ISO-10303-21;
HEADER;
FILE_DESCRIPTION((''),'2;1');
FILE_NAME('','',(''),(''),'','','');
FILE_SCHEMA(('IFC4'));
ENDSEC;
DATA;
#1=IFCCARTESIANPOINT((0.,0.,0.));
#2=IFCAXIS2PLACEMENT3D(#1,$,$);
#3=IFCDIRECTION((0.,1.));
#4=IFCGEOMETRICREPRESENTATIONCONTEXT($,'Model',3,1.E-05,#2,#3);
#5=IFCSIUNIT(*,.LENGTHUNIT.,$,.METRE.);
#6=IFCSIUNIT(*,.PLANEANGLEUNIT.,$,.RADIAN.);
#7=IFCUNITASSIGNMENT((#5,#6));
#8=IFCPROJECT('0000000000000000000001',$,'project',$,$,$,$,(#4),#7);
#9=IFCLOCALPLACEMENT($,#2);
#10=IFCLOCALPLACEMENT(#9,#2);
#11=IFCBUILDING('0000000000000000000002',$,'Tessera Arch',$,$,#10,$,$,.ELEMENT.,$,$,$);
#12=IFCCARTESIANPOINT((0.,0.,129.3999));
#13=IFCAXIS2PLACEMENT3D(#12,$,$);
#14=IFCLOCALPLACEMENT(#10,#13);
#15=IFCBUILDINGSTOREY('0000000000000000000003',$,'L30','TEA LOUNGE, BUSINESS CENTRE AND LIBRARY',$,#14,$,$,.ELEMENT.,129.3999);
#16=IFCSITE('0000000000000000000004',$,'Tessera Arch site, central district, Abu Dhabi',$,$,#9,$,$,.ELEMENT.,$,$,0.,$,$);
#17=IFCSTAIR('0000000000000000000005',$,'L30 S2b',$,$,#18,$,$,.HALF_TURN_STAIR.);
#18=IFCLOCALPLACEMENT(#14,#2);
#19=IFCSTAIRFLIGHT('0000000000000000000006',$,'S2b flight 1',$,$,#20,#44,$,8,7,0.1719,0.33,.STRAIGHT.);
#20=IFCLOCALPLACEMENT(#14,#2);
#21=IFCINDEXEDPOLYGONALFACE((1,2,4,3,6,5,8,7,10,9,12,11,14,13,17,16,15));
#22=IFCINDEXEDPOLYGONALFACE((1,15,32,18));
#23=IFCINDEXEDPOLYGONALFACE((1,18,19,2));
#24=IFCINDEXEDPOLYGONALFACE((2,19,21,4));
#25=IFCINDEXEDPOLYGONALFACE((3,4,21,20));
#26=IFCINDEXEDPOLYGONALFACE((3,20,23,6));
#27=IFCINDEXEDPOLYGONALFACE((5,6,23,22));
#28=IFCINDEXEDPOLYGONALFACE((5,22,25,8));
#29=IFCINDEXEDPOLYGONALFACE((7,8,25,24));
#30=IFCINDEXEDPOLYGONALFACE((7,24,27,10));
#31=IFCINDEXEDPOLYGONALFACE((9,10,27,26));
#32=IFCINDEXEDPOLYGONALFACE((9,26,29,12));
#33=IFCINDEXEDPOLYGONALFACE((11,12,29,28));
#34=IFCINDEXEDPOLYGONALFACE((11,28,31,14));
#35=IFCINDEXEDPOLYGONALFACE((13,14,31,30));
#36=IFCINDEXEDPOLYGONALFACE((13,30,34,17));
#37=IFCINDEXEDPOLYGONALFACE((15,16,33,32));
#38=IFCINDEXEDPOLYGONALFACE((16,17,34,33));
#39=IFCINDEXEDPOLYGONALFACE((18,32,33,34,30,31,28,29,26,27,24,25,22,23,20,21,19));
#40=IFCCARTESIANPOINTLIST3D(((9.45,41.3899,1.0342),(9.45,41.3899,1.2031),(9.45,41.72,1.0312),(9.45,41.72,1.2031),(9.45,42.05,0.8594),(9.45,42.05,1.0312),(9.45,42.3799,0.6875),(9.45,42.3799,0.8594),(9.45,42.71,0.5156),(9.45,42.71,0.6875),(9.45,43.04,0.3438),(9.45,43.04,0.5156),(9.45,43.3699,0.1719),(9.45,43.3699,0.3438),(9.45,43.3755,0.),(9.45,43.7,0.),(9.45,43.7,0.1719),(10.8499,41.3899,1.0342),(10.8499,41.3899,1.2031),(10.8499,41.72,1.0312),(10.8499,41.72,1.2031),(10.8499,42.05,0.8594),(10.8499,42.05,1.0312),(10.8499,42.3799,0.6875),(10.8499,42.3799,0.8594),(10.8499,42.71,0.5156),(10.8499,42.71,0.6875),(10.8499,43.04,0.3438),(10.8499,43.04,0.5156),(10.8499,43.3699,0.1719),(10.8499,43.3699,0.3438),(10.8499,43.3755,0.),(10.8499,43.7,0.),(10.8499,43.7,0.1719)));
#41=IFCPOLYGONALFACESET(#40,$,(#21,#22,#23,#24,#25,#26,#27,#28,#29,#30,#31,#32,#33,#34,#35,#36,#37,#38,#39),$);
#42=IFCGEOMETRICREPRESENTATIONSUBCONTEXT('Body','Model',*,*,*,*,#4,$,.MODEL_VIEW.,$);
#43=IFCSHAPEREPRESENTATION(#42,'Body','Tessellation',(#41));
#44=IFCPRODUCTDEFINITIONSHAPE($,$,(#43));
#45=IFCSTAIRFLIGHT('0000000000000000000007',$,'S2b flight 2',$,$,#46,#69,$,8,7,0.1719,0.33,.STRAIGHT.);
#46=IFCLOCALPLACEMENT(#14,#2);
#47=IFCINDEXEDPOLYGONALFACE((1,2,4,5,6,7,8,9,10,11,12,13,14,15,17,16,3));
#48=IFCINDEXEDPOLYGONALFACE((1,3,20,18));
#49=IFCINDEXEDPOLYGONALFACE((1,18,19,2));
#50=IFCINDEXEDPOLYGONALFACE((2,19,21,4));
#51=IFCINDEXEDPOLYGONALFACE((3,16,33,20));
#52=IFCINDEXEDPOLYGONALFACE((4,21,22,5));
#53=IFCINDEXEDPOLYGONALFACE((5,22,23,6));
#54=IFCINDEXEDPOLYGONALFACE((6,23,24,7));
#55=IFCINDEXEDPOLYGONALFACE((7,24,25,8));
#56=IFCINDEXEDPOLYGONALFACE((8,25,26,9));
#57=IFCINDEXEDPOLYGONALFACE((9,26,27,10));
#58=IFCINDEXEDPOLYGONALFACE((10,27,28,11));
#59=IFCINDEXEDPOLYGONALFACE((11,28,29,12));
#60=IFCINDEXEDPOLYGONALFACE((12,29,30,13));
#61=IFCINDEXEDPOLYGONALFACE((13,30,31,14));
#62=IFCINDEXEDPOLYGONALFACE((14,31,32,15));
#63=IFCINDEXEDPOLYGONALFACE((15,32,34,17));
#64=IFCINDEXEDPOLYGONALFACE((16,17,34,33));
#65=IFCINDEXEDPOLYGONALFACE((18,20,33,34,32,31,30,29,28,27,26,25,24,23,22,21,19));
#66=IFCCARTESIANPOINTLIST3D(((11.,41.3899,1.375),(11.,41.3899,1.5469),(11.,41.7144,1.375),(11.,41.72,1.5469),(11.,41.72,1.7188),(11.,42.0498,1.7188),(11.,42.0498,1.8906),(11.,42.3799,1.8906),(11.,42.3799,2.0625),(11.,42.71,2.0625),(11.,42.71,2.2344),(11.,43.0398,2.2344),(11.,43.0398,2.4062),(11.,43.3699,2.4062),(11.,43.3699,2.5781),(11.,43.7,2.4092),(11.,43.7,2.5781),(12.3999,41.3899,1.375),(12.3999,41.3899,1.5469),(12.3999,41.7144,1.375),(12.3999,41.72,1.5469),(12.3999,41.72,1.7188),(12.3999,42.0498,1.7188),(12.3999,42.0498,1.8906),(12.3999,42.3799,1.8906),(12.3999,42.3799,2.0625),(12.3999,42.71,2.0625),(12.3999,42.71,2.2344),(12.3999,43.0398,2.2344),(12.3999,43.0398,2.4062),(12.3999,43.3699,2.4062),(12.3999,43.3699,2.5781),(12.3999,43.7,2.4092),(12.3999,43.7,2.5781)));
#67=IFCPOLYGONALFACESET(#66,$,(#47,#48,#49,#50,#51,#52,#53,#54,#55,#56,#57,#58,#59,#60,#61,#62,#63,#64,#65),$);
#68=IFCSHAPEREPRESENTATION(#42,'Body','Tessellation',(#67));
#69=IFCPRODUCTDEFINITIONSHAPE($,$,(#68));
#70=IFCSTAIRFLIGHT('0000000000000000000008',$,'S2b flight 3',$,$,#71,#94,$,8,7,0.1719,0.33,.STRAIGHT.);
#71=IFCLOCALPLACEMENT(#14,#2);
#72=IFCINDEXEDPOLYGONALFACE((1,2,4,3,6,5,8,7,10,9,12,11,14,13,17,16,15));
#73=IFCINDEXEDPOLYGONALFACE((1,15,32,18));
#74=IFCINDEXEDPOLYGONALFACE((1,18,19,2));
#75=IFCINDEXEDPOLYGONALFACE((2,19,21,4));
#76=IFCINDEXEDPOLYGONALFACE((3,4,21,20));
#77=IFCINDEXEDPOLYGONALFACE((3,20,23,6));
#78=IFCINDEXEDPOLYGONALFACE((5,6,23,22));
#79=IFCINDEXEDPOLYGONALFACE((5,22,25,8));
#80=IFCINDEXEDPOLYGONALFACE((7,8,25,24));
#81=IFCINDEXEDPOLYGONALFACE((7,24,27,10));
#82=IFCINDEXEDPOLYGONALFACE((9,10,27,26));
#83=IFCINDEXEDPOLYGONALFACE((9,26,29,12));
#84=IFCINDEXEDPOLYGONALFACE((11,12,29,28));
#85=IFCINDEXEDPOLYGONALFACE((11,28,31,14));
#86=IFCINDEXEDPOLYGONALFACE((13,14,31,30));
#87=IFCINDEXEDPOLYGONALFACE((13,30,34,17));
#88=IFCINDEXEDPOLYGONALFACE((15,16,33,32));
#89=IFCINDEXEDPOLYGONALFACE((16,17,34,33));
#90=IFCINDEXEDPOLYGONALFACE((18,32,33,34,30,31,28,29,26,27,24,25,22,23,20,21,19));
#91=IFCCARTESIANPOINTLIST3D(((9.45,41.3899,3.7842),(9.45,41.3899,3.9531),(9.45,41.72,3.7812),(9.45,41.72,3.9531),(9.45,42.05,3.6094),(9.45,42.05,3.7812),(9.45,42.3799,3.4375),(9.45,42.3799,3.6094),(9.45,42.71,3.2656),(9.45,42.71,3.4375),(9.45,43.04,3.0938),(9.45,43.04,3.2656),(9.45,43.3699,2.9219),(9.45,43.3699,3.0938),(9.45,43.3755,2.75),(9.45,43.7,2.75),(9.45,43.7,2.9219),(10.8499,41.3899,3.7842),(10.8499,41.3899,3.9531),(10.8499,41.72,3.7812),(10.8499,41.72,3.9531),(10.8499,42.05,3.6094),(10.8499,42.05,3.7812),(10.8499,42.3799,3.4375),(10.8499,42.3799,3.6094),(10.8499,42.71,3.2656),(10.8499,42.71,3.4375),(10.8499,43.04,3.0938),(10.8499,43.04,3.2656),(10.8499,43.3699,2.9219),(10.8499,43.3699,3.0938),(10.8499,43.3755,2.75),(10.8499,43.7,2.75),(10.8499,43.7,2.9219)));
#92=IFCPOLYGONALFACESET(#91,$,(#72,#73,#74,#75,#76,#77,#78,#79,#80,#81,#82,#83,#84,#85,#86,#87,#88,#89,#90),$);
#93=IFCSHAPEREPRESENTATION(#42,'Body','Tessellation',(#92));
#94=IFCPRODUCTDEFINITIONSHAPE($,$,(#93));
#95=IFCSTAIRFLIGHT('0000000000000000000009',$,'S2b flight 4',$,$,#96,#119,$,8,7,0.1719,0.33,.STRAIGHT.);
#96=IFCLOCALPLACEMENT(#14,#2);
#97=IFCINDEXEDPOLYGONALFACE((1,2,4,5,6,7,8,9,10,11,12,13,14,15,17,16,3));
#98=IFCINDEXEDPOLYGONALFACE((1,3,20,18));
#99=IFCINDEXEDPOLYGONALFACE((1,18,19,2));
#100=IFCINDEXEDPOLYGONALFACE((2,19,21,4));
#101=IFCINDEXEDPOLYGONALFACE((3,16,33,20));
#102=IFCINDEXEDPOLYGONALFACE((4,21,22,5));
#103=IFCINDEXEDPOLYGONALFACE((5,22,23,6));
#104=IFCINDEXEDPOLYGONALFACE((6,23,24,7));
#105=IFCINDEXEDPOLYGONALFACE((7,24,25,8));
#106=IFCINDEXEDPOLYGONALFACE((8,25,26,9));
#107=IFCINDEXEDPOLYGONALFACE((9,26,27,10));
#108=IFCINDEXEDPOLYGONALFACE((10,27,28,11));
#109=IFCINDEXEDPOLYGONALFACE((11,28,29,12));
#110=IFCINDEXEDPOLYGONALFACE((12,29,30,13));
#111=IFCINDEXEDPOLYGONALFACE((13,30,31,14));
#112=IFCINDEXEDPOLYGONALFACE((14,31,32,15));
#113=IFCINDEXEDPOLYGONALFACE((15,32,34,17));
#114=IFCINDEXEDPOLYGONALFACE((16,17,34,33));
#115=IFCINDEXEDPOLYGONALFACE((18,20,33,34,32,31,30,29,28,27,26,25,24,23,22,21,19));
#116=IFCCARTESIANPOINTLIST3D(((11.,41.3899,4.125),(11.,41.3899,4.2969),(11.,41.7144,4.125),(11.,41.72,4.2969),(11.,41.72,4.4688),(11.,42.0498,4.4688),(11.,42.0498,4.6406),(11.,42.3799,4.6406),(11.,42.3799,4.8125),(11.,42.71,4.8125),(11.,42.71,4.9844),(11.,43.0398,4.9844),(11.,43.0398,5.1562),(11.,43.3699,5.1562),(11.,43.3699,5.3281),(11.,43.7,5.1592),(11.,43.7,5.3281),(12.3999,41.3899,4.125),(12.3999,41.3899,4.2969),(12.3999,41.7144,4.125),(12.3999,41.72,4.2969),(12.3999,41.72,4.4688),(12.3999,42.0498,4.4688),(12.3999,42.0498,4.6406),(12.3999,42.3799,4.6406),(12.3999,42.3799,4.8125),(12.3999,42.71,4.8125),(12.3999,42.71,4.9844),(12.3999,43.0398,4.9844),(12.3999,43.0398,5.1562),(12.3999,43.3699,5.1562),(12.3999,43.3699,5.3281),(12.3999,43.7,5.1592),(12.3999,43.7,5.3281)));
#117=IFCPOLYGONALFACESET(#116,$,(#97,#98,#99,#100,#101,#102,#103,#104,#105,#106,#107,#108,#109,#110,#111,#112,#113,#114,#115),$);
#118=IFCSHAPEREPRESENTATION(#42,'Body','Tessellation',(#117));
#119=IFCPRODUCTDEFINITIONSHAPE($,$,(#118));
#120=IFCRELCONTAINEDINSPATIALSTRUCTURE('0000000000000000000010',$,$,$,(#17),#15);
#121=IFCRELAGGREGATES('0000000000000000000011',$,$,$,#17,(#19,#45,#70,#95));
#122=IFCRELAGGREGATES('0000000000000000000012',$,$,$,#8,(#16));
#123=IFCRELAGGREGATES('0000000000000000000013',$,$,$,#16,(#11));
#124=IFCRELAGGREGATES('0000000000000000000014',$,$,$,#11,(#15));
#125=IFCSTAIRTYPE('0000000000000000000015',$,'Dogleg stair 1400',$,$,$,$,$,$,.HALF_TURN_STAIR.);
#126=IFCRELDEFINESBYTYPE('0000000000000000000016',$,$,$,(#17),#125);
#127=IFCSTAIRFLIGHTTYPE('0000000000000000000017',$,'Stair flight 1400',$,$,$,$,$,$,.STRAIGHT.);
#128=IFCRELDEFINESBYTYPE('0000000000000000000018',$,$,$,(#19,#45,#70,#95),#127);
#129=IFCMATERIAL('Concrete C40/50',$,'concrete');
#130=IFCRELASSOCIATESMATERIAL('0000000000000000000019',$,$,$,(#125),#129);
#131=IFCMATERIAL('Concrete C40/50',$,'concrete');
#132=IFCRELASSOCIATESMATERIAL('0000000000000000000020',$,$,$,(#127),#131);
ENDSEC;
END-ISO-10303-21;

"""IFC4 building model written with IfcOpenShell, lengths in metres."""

from ifc_helpers import new_model, si_unit, direction, frame, origin, place, context, subcontext, project, spatial, polyline, outline, extrude, material, type_object, element, aggregate, save


model = new_model("IFC4")

# Units and contexts
model_context = context("Model", 3, precision=1e-05, world=origin(), true_north=direction((0.0, 1.0)))
body_context = subcontext(model_context, "Body", "Model", "MODEL_VIEW")
ifc_project = project(units=[si_unit("LENGTHUNIT", "METRE"), si_unit("PLANEANGLEUNIT", "RADIAN")], contexts=[model_context])

# Site, building, storey
site_placement = place(None, origin())
site = spatial("IfcSite", under=ifc_project, at=site_placement, Name="Tessera Arch site, central district, Abu Dhabi", CompositionType="ELEMENT", RefElevation=0.0)
building_placement = place(site_placement, origin())
building = spatial("IfcBuilding", under=site, at=building_placement, Name="Tessera Arch", CompositionType="ELEMENT")
storey_placement = place(building_placement, frame((0.0, 0.0, 129.3999)))
storey = spatial("IfcBuildingStorey", under=building, at=storey_placement, Name="L30", Description="TEA LOUNGE, BUSINESS CENTRE AND LIBRARY", CompositionType="ELEMENT", Elevation=129.3999)

# Stair, stair flights
ifc_material_1 = material(Name="Concrete C40/50", Category="concrete")
stair_type = type_object("IfcStairType", Name="Dogleg stair 1400", PredefinedType="HALF_TURN_STAIR", material=ifc_material_1)
stair_placement = place(storey_placement, origin())
stair = element("IfcStair", 1, at=stair_placement, inside=storey, type_object=stair_type, Name="L30 S2b", PredefinedType="HALF_TURN_STAIR")
ifc_material_2 = material(Name="Concrete C40/50", Category="concrete")
stair_flight_type = type_object("IfcStairFlightType", Name="Stair flight 1400", PredefinedType="STRAIGHT", material=ifc_material_2)
stair_flight_1_placement = place(storey_placement, frame((10.1499, 43.7, 0.0), z_axis=(0.0, 0.0, 1.0), x_axis=(0.0, -1.0, 0.0)))
stair_flight_1 = element("IfcStairFlight", 2, at=stair_flight_1_placement, type_object=stair_flight_type, Name="S2b flight 1", NumberOfRisers=8, NumberOfTreads=7, PredefinedType="STRAIGHT", RiserHeight=0.1719, TreadLength=0.33, context=body_context, shape_type="SweptSolid", body=[
    extrude(outline(polyline([(0.0, 0.0), (0.0, 0.1719), (0.3301, 0.1719), (0.3301, 0.3438), (0.6599, 0.3438), (0.6599, 0.5156), (0.99, 0.5156), (0.99, 0.6875), (1.3201, 0.6875), (1.3201, 0.8594), (1.6499, 0.8594), (1.6499, 1.0312), (1.98, 1.0312), (1.98, 1.2031), (2.3101, 1.2031), (2.3101, 1.375), (2.3101, 1.0342), (0.3245, 0.0), (0.0, 0.0)])), frame((0.0, 0.7, 0.0), z_axis=(0.0, -1.0, 0.0), x_axis=(1.0, 0.0, 0.0)), (0.0, 0.0, 1.0), 1.3999),
])
stair_flight_2_placement = place(storey_placement, frame((11.7, 41.3899, 1.375), z_axis=(0.0, 0.0, 1.0), x_axis=(0.0, 1.0, 0.0)))
stair_flight_2 = element("IfcStairFlight", 3, at=stair_flight_2_placement, type_object=stair_flight_type, Name="S2b flight 2", NumberOfRisers=8, NumberOfTreads=7, PredefinedType="STRAIGHT", RiserHeight=0.1719, TreadLength=0.33, context=body_context, shape_type="SweptSolid", body=[
    extrude(outline(polyline([(0.0, 0.0), (0.0, 0.1719), (0.3301, 0.1719), (0.3301, 0.3438), (0.6599, 0.3438), (0.6599, 0.5156), (0.99, 0.5156), (0.99, 0.6875), (1.3201, 0.6875), (1.3201, 0.8594), (1.6499, 0.8594), (1.6499, 1.0312), (1.98, 1.0312), (1.98, 1.2031), (2.3101, 1.2031), (2.3101, 1.375), (2.3101, 1.0342), (0.3245, 0.0), (0.0, 0.0)])), frame((0.0, 0.7, 0.0), z_axis=(0.0, -1.0, 0.0), x_axis=(1.0, 0.0, 0.0)), (0.0, 0.0, 1.0), 1.3999),
])
stair_flight_3_placement = place(storey_placement, frame((10.1499, 43.7, 2.75), z_axis=(0.0, 0.0, 1.0), x_axis=(0.0, -1.0, 0.0)))
stair_flight_3 = element("IfcStairFlight", 4, at=stair_flight_3_placement, type_object=stair_flight_type, Name="S2b flight 3", NumberOfRisers=8, NumberOfTreads=7, PredefinedType="STRAIGHT", RiserHeight=0.1719, TreadLength=0.33, context=body_context, shape_type="SweptSolid", body=[
    extrude(outline(polyline([(0.0, 0.0), (0.0, 0.1719), (0.3301, 0.1719), (0.3301, 0.3438), (0.6599, 0.3438), (0.6599, 0.5156), (0.99, 0.5156), (0.99, 0.6875), (1.3201, 0.6875), (1.3201, 0.8594), (1.6499, 0.8594), (1.6499, 1.0312), (1.98, 1.0312), (1.98, 1.2031), (2.3101, 1.2031), (2.3101, 1.375), (2.3101, 1.0342), (0.3245, 0.0), (0.0, 0.0)])), frame((0.0, 0.7, 0.0), z_axis=(0.0, -1.0, 0.0), x_axis=(1.0, 0.0, 0.0)), (0.0, 0.0, 1.0), 1.3999),
])
stair_flight_4_placement = place(storey_placement, frame((11.7, 41.3899, 4.125), z_axis=(0.0, 0.0, 1.0), x_axis=(0.0, 1.0, 0.0)))
stair_flight_4 = element("IfcStairFlight", 5, at=stair_flight_4_placement, type_object=stair_flight_type, Name="S2b flight 4", NumberOfRisers=8, NumberOfTreads=7, PredefinedType="STRAIGHT", RiserHeight=0.1719, TreadLength=0.33, context=body_context, shape_type="SweptSolid", body=[
    extrude(outline(polyline([(0.0, 0.0), (0.0, 0.1719), (0.3301, 0.1719), (0.3301, 0.3438), (0.6599, 0.3438), (0.6599, 0.5156), (0.99, 0.5156), (0.99, 0.6875), (1.3201, 0.6875), (1.3201, 0.8594), (1.6499, 0.8594), (1.6499, 1.0312), (1.98, 1.0312), (1.98, 1.2031), (2.3101, 1.2031), (2.3101, 1.375), (2.3101, 1.0342), (0.3245, 0.0), (0.0, 0.0)])), frame((0.0, 0.7, 0.0), z_axis=(0.0, -1.0, 0.0), x_axis=(1.0, 0.0, 0.0)), (0.0, 0.0, 1.0), 1.3999),
])
aggregate(stair, [stair_flight_1, stair_flight_2, stair_flight_3, stair_flight_4])

save(model, "model.ifc")
